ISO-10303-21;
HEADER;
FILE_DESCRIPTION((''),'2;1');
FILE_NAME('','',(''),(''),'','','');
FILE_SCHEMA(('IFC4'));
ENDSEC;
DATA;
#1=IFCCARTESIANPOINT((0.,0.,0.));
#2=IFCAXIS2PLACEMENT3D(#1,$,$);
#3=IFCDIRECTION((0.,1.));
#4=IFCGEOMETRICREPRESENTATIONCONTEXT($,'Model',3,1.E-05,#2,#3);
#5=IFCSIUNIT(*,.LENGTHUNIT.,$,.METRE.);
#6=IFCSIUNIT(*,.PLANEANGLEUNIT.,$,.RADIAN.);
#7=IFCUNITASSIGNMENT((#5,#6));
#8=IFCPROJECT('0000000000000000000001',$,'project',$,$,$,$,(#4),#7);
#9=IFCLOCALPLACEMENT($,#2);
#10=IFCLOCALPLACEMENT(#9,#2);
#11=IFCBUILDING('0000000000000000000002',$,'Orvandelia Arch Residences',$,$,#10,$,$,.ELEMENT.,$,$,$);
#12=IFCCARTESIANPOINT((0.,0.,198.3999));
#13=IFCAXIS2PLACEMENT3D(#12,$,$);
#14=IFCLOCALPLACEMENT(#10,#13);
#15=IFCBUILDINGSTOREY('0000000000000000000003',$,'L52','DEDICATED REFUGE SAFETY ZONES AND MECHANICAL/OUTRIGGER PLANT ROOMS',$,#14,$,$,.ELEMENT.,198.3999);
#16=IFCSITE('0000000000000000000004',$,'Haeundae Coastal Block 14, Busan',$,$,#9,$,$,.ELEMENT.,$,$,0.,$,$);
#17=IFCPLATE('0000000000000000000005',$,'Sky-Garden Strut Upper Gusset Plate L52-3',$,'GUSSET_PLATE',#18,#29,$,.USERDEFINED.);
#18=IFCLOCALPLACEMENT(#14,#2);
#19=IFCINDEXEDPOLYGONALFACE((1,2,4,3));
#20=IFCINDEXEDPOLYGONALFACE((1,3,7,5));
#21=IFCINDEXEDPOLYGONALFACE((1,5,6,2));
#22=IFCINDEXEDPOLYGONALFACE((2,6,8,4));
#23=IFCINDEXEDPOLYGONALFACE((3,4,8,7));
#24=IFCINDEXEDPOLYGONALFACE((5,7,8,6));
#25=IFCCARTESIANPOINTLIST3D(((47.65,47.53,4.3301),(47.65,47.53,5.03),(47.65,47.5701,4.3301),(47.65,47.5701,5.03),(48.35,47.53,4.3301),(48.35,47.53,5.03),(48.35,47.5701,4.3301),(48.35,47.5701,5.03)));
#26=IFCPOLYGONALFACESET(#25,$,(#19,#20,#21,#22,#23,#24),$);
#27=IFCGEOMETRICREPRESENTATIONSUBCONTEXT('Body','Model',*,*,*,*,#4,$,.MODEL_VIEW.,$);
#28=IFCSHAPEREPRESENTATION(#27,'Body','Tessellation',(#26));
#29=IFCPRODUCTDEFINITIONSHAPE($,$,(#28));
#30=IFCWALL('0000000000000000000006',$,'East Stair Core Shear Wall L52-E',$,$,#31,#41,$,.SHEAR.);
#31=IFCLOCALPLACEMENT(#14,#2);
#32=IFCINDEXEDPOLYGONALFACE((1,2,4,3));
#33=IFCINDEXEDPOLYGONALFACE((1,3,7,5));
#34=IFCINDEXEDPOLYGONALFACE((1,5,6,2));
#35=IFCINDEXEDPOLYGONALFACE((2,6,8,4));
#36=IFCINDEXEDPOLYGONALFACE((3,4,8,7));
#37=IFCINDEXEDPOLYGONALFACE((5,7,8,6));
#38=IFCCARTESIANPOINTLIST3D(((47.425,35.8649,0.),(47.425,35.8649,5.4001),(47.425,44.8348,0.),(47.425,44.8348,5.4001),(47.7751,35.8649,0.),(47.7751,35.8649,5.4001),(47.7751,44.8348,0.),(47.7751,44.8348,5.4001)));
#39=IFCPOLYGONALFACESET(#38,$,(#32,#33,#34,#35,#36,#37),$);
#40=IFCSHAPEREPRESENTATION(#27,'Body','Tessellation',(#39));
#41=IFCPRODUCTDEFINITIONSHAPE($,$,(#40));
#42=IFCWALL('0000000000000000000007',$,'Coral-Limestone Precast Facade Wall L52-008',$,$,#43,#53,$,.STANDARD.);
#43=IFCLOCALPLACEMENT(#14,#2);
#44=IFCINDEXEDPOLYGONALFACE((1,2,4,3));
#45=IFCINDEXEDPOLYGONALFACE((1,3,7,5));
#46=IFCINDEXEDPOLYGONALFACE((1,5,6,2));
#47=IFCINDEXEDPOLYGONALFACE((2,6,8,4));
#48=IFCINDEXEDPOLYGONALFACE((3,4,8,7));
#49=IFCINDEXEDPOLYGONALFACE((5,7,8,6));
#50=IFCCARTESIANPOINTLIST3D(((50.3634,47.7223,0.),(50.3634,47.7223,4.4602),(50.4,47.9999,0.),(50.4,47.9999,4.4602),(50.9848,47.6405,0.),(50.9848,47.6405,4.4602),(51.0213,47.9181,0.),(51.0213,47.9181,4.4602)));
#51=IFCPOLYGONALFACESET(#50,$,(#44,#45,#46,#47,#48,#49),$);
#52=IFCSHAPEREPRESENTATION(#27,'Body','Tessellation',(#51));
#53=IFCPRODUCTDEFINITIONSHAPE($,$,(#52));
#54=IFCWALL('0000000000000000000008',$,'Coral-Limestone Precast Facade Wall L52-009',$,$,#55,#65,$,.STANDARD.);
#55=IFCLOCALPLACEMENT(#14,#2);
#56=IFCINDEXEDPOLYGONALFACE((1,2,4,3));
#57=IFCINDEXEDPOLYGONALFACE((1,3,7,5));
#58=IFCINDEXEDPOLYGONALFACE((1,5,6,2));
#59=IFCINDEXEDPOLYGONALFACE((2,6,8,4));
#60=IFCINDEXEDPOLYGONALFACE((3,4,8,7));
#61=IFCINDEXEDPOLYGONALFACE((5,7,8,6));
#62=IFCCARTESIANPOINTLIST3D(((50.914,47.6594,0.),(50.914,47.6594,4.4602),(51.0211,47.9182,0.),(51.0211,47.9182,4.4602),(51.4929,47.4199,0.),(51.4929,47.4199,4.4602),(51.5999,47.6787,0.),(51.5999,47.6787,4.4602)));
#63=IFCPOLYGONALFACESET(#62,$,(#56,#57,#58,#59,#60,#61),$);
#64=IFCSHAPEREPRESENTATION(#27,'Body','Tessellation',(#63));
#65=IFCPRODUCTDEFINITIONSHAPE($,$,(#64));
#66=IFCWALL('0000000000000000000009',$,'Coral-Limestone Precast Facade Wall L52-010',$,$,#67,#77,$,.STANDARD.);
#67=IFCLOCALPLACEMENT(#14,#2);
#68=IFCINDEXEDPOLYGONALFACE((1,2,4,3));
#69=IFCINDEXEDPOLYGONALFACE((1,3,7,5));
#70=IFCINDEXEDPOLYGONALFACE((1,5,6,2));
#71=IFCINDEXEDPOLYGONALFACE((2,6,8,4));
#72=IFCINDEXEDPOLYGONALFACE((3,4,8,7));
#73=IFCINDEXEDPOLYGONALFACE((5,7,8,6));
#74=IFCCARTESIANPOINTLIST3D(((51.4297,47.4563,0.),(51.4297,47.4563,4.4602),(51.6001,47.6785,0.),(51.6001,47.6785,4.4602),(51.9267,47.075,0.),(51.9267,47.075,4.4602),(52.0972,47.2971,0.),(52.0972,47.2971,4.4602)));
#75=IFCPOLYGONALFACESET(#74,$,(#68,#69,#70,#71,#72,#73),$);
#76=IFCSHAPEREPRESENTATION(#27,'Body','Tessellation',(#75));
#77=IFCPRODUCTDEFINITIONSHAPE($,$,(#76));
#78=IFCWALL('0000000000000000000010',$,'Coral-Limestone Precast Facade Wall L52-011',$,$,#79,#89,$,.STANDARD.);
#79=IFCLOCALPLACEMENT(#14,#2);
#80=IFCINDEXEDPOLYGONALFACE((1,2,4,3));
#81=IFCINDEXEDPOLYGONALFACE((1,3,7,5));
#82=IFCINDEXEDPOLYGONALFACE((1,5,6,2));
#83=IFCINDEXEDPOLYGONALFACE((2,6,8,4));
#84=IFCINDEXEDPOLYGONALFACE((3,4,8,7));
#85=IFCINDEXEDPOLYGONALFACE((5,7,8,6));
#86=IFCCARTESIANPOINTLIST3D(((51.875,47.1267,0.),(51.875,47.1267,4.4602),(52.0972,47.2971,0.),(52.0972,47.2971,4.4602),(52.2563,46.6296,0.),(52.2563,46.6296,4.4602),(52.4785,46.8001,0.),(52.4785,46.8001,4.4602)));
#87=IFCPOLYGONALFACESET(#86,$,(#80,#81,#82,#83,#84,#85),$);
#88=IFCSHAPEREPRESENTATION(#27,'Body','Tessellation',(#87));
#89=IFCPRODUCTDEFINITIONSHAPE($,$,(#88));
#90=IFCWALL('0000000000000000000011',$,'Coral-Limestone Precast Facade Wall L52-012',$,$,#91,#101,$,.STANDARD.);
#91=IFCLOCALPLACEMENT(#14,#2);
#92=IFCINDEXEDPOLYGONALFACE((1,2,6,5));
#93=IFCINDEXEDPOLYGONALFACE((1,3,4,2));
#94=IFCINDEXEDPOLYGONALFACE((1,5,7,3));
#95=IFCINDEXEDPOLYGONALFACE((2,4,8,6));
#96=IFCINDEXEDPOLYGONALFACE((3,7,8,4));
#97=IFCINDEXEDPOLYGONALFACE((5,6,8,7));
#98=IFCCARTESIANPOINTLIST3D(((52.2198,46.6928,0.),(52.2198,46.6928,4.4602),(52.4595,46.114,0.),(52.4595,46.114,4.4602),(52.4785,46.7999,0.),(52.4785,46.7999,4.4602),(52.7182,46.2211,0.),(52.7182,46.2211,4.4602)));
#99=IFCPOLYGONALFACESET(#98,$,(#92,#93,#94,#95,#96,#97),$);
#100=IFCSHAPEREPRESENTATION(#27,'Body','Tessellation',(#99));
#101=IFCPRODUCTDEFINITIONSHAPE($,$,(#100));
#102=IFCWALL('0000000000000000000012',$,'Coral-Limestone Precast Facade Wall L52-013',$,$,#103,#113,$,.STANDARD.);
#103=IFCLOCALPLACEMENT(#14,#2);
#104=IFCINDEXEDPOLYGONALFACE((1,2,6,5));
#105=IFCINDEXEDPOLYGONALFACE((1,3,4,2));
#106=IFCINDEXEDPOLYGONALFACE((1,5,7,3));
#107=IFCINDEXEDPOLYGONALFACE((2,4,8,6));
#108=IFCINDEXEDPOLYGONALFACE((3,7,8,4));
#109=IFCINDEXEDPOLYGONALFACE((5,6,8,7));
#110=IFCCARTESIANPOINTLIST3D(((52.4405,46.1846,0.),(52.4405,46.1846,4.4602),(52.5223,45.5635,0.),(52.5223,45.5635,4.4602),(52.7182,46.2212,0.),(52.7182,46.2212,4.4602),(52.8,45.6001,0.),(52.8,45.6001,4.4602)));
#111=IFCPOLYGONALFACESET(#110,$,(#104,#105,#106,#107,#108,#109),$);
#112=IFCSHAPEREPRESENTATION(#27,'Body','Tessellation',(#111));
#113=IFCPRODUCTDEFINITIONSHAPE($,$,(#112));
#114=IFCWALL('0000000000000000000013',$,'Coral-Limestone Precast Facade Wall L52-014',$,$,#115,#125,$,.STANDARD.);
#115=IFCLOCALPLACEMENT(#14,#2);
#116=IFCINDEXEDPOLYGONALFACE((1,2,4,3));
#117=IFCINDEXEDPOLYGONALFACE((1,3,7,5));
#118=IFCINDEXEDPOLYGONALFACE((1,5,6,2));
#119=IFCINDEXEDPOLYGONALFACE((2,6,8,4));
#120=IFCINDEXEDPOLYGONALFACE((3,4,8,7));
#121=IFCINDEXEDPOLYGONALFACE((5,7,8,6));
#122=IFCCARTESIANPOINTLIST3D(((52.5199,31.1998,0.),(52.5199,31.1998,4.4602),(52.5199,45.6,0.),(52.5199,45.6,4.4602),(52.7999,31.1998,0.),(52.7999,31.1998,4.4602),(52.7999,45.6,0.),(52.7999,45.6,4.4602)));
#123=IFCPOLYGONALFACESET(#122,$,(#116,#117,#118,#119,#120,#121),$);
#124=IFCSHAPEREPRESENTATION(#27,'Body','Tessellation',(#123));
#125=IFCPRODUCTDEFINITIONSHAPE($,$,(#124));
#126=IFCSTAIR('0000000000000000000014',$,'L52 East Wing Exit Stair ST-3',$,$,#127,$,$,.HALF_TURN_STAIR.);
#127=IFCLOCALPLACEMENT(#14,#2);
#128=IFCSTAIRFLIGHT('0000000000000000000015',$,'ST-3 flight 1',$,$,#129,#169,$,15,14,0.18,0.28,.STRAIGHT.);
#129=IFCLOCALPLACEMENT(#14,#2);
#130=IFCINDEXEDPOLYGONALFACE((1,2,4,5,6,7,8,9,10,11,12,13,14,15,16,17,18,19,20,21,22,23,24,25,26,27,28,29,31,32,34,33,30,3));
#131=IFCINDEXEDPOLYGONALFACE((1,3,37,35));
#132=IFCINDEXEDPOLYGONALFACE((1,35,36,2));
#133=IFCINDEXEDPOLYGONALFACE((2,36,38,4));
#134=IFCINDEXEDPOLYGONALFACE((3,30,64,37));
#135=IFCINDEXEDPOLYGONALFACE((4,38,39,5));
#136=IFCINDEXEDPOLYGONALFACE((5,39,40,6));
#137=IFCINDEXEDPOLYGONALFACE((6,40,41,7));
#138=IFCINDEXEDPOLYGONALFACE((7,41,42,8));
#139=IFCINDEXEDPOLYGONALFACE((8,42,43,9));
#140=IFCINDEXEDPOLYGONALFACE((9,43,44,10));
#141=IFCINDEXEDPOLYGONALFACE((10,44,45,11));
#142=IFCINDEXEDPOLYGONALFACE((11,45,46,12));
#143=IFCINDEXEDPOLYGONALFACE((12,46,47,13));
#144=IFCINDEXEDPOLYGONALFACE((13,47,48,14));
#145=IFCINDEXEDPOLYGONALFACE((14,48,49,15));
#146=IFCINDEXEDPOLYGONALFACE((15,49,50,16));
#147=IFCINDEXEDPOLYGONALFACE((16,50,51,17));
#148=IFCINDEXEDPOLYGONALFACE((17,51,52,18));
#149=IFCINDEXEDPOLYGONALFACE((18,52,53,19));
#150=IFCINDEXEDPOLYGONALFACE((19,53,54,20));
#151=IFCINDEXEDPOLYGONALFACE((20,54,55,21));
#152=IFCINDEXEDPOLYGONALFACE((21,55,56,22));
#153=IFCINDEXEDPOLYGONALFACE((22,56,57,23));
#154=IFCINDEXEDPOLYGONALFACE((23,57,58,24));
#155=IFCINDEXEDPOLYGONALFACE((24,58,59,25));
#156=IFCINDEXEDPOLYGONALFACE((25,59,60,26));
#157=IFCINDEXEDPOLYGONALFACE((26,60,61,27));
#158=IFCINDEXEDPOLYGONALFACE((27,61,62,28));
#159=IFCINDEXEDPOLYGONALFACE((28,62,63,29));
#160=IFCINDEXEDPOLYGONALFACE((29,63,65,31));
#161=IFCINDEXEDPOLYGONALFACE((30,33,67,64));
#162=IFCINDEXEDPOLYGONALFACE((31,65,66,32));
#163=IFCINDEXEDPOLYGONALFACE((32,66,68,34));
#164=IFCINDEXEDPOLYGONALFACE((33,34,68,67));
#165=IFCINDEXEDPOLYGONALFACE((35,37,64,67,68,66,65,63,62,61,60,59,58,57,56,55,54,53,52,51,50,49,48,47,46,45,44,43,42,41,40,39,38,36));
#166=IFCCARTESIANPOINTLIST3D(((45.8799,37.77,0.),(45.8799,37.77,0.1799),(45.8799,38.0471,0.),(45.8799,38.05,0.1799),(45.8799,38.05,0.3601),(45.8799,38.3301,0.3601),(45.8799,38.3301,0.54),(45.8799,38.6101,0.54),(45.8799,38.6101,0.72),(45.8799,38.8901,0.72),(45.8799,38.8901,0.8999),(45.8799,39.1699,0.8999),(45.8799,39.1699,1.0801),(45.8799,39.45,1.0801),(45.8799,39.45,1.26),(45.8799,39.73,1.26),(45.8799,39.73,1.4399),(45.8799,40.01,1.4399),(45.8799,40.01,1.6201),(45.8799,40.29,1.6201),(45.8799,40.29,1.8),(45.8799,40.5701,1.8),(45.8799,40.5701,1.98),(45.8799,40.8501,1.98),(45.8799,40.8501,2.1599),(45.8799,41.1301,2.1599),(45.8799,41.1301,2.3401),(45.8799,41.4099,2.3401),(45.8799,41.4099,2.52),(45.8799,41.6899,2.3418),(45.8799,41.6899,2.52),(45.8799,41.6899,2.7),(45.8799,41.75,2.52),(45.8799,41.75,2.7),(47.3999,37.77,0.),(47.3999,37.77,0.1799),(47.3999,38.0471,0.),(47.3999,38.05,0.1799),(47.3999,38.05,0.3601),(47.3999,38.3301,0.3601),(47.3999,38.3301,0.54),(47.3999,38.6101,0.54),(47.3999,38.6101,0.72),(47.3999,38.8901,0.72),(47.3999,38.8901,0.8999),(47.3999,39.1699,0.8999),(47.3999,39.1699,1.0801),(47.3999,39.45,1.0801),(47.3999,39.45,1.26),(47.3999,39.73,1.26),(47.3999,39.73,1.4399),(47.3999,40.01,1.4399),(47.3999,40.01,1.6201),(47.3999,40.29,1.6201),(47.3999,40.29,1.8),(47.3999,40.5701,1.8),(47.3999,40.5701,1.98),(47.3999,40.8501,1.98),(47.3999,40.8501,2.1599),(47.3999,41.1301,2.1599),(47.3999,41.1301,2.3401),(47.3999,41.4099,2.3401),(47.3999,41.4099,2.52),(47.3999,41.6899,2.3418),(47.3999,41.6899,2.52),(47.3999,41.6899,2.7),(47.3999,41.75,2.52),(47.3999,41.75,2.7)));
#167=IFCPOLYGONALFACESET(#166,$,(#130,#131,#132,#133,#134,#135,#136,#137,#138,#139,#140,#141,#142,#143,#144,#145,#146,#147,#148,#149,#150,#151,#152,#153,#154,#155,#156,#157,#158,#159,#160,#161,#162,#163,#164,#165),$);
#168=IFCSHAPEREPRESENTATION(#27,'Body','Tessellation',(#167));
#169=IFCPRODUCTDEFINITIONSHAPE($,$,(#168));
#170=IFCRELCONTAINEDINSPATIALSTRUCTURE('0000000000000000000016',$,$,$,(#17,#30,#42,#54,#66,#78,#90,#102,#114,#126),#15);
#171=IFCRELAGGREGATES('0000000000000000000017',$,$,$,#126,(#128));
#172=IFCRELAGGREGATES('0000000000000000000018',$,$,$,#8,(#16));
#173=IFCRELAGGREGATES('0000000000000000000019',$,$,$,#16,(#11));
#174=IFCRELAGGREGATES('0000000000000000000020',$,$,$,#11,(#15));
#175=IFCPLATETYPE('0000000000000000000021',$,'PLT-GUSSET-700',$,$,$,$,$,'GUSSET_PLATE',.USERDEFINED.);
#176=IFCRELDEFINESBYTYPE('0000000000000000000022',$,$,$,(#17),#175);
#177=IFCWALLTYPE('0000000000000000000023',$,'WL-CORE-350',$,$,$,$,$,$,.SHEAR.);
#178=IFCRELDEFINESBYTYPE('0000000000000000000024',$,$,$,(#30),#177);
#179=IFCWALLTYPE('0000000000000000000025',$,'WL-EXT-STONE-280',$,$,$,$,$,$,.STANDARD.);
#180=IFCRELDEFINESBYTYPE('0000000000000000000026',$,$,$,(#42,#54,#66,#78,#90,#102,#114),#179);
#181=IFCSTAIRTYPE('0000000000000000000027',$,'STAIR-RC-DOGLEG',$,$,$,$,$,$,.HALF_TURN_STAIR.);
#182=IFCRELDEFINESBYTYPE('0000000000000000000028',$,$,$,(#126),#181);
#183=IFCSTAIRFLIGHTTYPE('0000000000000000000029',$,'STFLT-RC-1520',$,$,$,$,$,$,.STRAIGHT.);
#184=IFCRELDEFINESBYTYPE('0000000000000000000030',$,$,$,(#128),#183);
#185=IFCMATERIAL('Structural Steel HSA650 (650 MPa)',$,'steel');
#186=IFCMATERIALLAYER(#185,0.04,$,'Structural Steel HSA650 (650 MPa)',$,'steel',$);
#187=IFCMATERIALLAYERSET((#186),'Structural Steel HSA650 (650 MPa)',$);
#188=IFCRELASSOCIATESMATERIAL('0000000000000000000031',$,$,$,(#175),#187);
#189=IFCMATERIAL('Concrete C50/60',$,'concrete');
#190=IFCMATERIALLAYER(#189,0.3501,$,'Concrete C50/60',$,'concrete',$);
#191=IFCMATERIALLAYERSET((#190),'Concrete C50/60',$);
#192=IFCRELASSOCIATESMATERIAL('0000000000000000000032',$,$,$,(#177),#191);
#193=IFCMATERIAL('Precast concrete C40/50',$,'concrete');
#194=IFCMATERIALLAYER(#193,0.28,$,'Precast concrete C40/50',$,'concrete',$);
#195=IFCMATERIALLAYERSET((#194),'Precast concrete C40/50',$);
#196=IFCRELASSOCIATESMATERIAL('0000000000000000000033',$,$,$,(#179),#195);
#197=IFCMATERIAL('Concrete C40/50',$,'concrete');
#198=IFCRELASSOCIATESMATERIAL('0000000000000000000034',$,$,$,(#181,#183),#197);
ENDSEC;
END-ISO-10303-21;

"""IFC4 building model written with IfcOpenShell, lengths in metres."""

from ifc_helpers import new_model, si_unit, direction, frame, frame_2d, origin, origin_2d, place, context, subcontext, project, spatial, polyline, rectangle, outline, extrude, material, layer, layer_set, type_object, element, aggregate, save


model = new_model("IFC4")

# Units and contexts
model_context = context("Model", 3, precision=1e-05, world=origin(), true_north=direction((0.0, 1.0)))
body_context = subcontext(model_context, "Body", "Model", "MODEL_VIEW")
ifc_project = project(units=[si_unit("LENGTHUNIT", "METRE"), si_unit("PLANEANGLEUNIT", "RADIAN")], contexts=[model_context])

# Site, building, storey
site_placement = place(None, origin())
site = spatial("IfcSite", under=ifc_project, at=site_placement, Name="Haeundae Coastal Block 14, Busan", CompositionType="ELEMENT", RefElevation=0.0)
building_placement = place(site_placement, origin())
building = spatial("IfcBuilding", under=site, at=building_placement, Name="Orvandelia Arch Residences", CompositionType="ELEMENT")
storey_placement = place(building_placement, frame((0.0, 0.0, 198.3999)))
storey = spatial("IfcBuildingStorey", under=building, at=storey_placement, Name="L52", Description="DEDICATED REFUGE SAFETY ZONES AND MECHANICAL/OUTRIGGER PLANT ROOMS", CompositionType="ELEMENT", Elevation=198.3999)

# Plate
ifc_material_1 = material(Name="Structural Steel HSA650 (650 MPa)", Category="steel")
ifc_layer_1 = layer(ifc_material_1, 0.04, Name="Structural Steel HSA650 (650 MPa)", Category="steel")
ifc_layer_set_1 = layer_set([ifc_layer_1], Name="Structural Steel HSA650 (650 MPa)")
plate_type = type_object("IfcPlateType", Name="PLT-GUSSET-700", ElementType="GUSSET_PLATE", PredefinedType="USERDEFINED", material=ifc_layer_set_1)
plate_placement = place(storey_placement, frame((48.0, 47.55, 4.3301), z_axis=(0.0, 0.0, 1.0), x_axis=(1.0, 0.0, 0.0)))
element("IfcPlate", 1, at=plate_placement, inside=storey, type_object=plate_type, Name="Sky-Garden Strut Upper Gusset Plate L52-3", ObjectType="GUSSET_PLATE", PredefinedType="USERDEFINED", context=body_context, shape_type="SweptSolid", body=[
    extrude(rectangle(XDim=0.7, YDim=0.04, at=origin_2d()), origin(), (0.0, 0.0, 1.0), 0.7),
])

# Wall
ifc_material_2 = material(Name="Concrete C50/60", Category="concrete")
ifc_layer_2 = layer(ifc_material_2, 0.3501, Name="Concrete C50/60", Category="concrete")
ifc_layer_set_2 = layer_set([ifc_layer_2], Name="Concrete C50/60")
wall_type_1 = type_object("IfcWallType", Name="WL-CORE-350", PredefinedType="SHEAR", material=ifc_layer_set_2)
wall_1_placement = place(storey_placement, frame((47.6001, 35.865, 0.0), z_axis=(0.0, 0.0, 1.0), x_axis=(0.0, 1.0, 0.0)))
element("IfcWall", 2, at=wall_1_placement, inside=storey, type_object=wall_type_1, Name="East Stair Core Shear Wall L52-E", PredefinedType="SHEAR", context=body_context, shape_type="SweptSolid", body=[
    extrude(rectangle(XDim=8.97, YDim=0.3501, at=frame_2d((4.4849, 0.0))), origin(), (0.0, 0.0, 1.0), 5.4001),
])

# Walls
ifc_material_3 = material(Name="Precast concrete C40/50", Category="concrete")
ifc_layer_3 = layer(ifc_material_3, 0.28, Name="Precast concrete C40/50", Category="concrete")
ifc_layer_set_3 = layer_set([ifc_layer_3], Name="Precast concrete C40/50")
wall_type_2 = type_object("IfcWallType", Name="WL-EXT-STONE-280", PredefinedType="STANDARD", material=ifc_layer_set_3)
wall_2_placement = place(storey_placement, frame((50.3816, 47.8611, 0.0), z_axis=(0.0, 0.0, 1.0), x_axis=(0.991448, -0.130505, 0.0)))
element("IfcWall", 3, at=wall_2_placement, inside=storey, type_object=wall_type_2, Name="Coral-Limestone Precast Facade Wall L52-008", PredefinedType="STANDARD", context=body_context, shape_type="SweptSolid", body=[
    extrude(rectangle(XDim=0.6267, YDim=0.28, at=frame_2d((0.3135, 0.0))), origin(), (0.0, 0.0, 1.0), 4.4602),
])
for number, where, z_axis, x_axis, name in (
    (4, (50.9675, 47.7888, 0.0), (0.0, 0.0, 1.0), (0.924031, -0.382317, 0.0), "Coral-Limestone Precast Facade Wall L52-009"),
    (5, (51.5149, 47.5674, 0.0), (0.0, 0.0, 1.0), (0.793406, -0.608693, 0.0), "Coral-Limestone Precast Facade Wall L52-010"),
    (6, (51.9861, 47.2119, 0.0), (0.0, 0.0, 1.0), (0.608693, -0.793406, 0.0), "Coral-Limestone Precast Facade Wall L52-011"),
    (7, (52.3491, 46.7463, 0.0), (0.0, 0.0, 1.0), (0.38265, -0.923893, 0.0), "Coral-Limestone Precast Facade Wall L52-012"),
    (8, (52.5793, 46.2029, 0.0), (0.0, 0.0, 1.0), (0.130555, -0.991441, 0.0), "Coral-Limestone Precast Facade Wall L52-013"),
):
    element("IfcWall", number, at=place(storey_placement, frame(where, z_axis=z_axis, x_axis=x_axis)), inside=storey, type_object=wall_type_2, Name=name, PredefinedType="STANDARD", context=body_context, shape_type="SweptSolid", body=[
        extrude(rectangle(XDim=0.6265, YDim=0.28, at=frame_2d((0.3132, 0.0))), origin(), (0.0, 0.0, 1.0), 4.4602),
    ])
wall_3_placement = place(storey_placement, frame((52.6599, 45.6001, 0.0), z_axis=(0.0, 0.0, 1.0), x_axis=(0.0, -1.0, 0.0)))
element("IfcWall", 9, at=wall_3_placement, inside=storey, type_object=wall_type_2, Name="Coral-Limestone Precast Facade Wall L52-014", PredefinedType="STANDARD", context=body_context, shape_type="SweptSolid", body=[
    extrude(rectangle(XDim=14.4001, YDim=0.28, at=frame_2d((7.2002, 0.0))), origin(), (0.0, 0.0, 1.0), 4.4602),
])

# Stair, stair flight
ifc_material_4 = material(Name="Concrete C40/50", Category="concrete")
stair_type = type_object("IfcStairType", Name="STAIR-RC-DOGLEG", PredefinedType="HALF_TURN_STAIR", material=ifc_material_4)
stair_placement = place(storey_placement, origin())
stair = element("IfcStair", 10, at=stair_placement, inside=storey, type_object=stair_type, Name="L52 East Wing Exit Stair ST-3", PredefinedType="HALF_TURN_STAIR")
stair_flight_type = type_object("IfcStairFlightType", Name="STFLT-RC-1520", PredefinedType="STRAIGHT", material=ifc_material_4)
stair_flight_placement = place(storey_placement, frame((46.6399, 37.77, 0.0), z_axis=(0.0, 0.0, 1.0), x_axis=(0.0, 1.0, 0.0)))
stair_flight = element("IfcStairFlight", 11, at=stair_flight_placement, type_object=stair_flight_type, Name="ST-3 flight 1", NumberOfRisers=15, NumberOfTreads=14, PredefinedType="STRAIGHT", RiserHeight=0.18, TreadLength=0.28, context=body_context, shape_type="SweptSolid", body=[
    extrude(outline(polyline([(0.0, 0.0), (0.0, 0.1799), (0.28, 0.1799), (0.28, 0.3601), (0.5601, 0.3601), (0.5601, 0.54), (0.8401, 0.54), (0.8401, 0.72), (1.1201, 0.72), (1.1201, 0.8999), (1.3999, 0.8999), (1.3999, 1.0801), (1.6799, 1.0801), (1.6799, 1.26), (1.96, 1.26), (1.96, 1.4399), (2.24, 1.4399), (2.24, 1.6201), (2.52, 1.6201), (2.52, 1.8), (2.8, 1.8), (2.8, 1.98), (3.0801, 1.98), (3.0801, 2.1599), (3.3601, 2.1599), (3.3601, 2.3401), (3.6399, 2.3401), (3.6399, 2.52), (3.9199, 2.52), (3.9199, 2.7), (3.98, 2.7), (3.98, 2.52), (3.9199, 2.3418), (0.2771, 0.0), (0.0, 0.0)])), frame((0.0, 0.76, 0.0), z_axis=(0.0, -1.0, 0.0), x_axis=(1.0, 0.0, 0.0)), (0.0, 0.0, 1.0), 1.52),
])
aggregate(stair, [stair_flight])

save(model, "model.ifc")
